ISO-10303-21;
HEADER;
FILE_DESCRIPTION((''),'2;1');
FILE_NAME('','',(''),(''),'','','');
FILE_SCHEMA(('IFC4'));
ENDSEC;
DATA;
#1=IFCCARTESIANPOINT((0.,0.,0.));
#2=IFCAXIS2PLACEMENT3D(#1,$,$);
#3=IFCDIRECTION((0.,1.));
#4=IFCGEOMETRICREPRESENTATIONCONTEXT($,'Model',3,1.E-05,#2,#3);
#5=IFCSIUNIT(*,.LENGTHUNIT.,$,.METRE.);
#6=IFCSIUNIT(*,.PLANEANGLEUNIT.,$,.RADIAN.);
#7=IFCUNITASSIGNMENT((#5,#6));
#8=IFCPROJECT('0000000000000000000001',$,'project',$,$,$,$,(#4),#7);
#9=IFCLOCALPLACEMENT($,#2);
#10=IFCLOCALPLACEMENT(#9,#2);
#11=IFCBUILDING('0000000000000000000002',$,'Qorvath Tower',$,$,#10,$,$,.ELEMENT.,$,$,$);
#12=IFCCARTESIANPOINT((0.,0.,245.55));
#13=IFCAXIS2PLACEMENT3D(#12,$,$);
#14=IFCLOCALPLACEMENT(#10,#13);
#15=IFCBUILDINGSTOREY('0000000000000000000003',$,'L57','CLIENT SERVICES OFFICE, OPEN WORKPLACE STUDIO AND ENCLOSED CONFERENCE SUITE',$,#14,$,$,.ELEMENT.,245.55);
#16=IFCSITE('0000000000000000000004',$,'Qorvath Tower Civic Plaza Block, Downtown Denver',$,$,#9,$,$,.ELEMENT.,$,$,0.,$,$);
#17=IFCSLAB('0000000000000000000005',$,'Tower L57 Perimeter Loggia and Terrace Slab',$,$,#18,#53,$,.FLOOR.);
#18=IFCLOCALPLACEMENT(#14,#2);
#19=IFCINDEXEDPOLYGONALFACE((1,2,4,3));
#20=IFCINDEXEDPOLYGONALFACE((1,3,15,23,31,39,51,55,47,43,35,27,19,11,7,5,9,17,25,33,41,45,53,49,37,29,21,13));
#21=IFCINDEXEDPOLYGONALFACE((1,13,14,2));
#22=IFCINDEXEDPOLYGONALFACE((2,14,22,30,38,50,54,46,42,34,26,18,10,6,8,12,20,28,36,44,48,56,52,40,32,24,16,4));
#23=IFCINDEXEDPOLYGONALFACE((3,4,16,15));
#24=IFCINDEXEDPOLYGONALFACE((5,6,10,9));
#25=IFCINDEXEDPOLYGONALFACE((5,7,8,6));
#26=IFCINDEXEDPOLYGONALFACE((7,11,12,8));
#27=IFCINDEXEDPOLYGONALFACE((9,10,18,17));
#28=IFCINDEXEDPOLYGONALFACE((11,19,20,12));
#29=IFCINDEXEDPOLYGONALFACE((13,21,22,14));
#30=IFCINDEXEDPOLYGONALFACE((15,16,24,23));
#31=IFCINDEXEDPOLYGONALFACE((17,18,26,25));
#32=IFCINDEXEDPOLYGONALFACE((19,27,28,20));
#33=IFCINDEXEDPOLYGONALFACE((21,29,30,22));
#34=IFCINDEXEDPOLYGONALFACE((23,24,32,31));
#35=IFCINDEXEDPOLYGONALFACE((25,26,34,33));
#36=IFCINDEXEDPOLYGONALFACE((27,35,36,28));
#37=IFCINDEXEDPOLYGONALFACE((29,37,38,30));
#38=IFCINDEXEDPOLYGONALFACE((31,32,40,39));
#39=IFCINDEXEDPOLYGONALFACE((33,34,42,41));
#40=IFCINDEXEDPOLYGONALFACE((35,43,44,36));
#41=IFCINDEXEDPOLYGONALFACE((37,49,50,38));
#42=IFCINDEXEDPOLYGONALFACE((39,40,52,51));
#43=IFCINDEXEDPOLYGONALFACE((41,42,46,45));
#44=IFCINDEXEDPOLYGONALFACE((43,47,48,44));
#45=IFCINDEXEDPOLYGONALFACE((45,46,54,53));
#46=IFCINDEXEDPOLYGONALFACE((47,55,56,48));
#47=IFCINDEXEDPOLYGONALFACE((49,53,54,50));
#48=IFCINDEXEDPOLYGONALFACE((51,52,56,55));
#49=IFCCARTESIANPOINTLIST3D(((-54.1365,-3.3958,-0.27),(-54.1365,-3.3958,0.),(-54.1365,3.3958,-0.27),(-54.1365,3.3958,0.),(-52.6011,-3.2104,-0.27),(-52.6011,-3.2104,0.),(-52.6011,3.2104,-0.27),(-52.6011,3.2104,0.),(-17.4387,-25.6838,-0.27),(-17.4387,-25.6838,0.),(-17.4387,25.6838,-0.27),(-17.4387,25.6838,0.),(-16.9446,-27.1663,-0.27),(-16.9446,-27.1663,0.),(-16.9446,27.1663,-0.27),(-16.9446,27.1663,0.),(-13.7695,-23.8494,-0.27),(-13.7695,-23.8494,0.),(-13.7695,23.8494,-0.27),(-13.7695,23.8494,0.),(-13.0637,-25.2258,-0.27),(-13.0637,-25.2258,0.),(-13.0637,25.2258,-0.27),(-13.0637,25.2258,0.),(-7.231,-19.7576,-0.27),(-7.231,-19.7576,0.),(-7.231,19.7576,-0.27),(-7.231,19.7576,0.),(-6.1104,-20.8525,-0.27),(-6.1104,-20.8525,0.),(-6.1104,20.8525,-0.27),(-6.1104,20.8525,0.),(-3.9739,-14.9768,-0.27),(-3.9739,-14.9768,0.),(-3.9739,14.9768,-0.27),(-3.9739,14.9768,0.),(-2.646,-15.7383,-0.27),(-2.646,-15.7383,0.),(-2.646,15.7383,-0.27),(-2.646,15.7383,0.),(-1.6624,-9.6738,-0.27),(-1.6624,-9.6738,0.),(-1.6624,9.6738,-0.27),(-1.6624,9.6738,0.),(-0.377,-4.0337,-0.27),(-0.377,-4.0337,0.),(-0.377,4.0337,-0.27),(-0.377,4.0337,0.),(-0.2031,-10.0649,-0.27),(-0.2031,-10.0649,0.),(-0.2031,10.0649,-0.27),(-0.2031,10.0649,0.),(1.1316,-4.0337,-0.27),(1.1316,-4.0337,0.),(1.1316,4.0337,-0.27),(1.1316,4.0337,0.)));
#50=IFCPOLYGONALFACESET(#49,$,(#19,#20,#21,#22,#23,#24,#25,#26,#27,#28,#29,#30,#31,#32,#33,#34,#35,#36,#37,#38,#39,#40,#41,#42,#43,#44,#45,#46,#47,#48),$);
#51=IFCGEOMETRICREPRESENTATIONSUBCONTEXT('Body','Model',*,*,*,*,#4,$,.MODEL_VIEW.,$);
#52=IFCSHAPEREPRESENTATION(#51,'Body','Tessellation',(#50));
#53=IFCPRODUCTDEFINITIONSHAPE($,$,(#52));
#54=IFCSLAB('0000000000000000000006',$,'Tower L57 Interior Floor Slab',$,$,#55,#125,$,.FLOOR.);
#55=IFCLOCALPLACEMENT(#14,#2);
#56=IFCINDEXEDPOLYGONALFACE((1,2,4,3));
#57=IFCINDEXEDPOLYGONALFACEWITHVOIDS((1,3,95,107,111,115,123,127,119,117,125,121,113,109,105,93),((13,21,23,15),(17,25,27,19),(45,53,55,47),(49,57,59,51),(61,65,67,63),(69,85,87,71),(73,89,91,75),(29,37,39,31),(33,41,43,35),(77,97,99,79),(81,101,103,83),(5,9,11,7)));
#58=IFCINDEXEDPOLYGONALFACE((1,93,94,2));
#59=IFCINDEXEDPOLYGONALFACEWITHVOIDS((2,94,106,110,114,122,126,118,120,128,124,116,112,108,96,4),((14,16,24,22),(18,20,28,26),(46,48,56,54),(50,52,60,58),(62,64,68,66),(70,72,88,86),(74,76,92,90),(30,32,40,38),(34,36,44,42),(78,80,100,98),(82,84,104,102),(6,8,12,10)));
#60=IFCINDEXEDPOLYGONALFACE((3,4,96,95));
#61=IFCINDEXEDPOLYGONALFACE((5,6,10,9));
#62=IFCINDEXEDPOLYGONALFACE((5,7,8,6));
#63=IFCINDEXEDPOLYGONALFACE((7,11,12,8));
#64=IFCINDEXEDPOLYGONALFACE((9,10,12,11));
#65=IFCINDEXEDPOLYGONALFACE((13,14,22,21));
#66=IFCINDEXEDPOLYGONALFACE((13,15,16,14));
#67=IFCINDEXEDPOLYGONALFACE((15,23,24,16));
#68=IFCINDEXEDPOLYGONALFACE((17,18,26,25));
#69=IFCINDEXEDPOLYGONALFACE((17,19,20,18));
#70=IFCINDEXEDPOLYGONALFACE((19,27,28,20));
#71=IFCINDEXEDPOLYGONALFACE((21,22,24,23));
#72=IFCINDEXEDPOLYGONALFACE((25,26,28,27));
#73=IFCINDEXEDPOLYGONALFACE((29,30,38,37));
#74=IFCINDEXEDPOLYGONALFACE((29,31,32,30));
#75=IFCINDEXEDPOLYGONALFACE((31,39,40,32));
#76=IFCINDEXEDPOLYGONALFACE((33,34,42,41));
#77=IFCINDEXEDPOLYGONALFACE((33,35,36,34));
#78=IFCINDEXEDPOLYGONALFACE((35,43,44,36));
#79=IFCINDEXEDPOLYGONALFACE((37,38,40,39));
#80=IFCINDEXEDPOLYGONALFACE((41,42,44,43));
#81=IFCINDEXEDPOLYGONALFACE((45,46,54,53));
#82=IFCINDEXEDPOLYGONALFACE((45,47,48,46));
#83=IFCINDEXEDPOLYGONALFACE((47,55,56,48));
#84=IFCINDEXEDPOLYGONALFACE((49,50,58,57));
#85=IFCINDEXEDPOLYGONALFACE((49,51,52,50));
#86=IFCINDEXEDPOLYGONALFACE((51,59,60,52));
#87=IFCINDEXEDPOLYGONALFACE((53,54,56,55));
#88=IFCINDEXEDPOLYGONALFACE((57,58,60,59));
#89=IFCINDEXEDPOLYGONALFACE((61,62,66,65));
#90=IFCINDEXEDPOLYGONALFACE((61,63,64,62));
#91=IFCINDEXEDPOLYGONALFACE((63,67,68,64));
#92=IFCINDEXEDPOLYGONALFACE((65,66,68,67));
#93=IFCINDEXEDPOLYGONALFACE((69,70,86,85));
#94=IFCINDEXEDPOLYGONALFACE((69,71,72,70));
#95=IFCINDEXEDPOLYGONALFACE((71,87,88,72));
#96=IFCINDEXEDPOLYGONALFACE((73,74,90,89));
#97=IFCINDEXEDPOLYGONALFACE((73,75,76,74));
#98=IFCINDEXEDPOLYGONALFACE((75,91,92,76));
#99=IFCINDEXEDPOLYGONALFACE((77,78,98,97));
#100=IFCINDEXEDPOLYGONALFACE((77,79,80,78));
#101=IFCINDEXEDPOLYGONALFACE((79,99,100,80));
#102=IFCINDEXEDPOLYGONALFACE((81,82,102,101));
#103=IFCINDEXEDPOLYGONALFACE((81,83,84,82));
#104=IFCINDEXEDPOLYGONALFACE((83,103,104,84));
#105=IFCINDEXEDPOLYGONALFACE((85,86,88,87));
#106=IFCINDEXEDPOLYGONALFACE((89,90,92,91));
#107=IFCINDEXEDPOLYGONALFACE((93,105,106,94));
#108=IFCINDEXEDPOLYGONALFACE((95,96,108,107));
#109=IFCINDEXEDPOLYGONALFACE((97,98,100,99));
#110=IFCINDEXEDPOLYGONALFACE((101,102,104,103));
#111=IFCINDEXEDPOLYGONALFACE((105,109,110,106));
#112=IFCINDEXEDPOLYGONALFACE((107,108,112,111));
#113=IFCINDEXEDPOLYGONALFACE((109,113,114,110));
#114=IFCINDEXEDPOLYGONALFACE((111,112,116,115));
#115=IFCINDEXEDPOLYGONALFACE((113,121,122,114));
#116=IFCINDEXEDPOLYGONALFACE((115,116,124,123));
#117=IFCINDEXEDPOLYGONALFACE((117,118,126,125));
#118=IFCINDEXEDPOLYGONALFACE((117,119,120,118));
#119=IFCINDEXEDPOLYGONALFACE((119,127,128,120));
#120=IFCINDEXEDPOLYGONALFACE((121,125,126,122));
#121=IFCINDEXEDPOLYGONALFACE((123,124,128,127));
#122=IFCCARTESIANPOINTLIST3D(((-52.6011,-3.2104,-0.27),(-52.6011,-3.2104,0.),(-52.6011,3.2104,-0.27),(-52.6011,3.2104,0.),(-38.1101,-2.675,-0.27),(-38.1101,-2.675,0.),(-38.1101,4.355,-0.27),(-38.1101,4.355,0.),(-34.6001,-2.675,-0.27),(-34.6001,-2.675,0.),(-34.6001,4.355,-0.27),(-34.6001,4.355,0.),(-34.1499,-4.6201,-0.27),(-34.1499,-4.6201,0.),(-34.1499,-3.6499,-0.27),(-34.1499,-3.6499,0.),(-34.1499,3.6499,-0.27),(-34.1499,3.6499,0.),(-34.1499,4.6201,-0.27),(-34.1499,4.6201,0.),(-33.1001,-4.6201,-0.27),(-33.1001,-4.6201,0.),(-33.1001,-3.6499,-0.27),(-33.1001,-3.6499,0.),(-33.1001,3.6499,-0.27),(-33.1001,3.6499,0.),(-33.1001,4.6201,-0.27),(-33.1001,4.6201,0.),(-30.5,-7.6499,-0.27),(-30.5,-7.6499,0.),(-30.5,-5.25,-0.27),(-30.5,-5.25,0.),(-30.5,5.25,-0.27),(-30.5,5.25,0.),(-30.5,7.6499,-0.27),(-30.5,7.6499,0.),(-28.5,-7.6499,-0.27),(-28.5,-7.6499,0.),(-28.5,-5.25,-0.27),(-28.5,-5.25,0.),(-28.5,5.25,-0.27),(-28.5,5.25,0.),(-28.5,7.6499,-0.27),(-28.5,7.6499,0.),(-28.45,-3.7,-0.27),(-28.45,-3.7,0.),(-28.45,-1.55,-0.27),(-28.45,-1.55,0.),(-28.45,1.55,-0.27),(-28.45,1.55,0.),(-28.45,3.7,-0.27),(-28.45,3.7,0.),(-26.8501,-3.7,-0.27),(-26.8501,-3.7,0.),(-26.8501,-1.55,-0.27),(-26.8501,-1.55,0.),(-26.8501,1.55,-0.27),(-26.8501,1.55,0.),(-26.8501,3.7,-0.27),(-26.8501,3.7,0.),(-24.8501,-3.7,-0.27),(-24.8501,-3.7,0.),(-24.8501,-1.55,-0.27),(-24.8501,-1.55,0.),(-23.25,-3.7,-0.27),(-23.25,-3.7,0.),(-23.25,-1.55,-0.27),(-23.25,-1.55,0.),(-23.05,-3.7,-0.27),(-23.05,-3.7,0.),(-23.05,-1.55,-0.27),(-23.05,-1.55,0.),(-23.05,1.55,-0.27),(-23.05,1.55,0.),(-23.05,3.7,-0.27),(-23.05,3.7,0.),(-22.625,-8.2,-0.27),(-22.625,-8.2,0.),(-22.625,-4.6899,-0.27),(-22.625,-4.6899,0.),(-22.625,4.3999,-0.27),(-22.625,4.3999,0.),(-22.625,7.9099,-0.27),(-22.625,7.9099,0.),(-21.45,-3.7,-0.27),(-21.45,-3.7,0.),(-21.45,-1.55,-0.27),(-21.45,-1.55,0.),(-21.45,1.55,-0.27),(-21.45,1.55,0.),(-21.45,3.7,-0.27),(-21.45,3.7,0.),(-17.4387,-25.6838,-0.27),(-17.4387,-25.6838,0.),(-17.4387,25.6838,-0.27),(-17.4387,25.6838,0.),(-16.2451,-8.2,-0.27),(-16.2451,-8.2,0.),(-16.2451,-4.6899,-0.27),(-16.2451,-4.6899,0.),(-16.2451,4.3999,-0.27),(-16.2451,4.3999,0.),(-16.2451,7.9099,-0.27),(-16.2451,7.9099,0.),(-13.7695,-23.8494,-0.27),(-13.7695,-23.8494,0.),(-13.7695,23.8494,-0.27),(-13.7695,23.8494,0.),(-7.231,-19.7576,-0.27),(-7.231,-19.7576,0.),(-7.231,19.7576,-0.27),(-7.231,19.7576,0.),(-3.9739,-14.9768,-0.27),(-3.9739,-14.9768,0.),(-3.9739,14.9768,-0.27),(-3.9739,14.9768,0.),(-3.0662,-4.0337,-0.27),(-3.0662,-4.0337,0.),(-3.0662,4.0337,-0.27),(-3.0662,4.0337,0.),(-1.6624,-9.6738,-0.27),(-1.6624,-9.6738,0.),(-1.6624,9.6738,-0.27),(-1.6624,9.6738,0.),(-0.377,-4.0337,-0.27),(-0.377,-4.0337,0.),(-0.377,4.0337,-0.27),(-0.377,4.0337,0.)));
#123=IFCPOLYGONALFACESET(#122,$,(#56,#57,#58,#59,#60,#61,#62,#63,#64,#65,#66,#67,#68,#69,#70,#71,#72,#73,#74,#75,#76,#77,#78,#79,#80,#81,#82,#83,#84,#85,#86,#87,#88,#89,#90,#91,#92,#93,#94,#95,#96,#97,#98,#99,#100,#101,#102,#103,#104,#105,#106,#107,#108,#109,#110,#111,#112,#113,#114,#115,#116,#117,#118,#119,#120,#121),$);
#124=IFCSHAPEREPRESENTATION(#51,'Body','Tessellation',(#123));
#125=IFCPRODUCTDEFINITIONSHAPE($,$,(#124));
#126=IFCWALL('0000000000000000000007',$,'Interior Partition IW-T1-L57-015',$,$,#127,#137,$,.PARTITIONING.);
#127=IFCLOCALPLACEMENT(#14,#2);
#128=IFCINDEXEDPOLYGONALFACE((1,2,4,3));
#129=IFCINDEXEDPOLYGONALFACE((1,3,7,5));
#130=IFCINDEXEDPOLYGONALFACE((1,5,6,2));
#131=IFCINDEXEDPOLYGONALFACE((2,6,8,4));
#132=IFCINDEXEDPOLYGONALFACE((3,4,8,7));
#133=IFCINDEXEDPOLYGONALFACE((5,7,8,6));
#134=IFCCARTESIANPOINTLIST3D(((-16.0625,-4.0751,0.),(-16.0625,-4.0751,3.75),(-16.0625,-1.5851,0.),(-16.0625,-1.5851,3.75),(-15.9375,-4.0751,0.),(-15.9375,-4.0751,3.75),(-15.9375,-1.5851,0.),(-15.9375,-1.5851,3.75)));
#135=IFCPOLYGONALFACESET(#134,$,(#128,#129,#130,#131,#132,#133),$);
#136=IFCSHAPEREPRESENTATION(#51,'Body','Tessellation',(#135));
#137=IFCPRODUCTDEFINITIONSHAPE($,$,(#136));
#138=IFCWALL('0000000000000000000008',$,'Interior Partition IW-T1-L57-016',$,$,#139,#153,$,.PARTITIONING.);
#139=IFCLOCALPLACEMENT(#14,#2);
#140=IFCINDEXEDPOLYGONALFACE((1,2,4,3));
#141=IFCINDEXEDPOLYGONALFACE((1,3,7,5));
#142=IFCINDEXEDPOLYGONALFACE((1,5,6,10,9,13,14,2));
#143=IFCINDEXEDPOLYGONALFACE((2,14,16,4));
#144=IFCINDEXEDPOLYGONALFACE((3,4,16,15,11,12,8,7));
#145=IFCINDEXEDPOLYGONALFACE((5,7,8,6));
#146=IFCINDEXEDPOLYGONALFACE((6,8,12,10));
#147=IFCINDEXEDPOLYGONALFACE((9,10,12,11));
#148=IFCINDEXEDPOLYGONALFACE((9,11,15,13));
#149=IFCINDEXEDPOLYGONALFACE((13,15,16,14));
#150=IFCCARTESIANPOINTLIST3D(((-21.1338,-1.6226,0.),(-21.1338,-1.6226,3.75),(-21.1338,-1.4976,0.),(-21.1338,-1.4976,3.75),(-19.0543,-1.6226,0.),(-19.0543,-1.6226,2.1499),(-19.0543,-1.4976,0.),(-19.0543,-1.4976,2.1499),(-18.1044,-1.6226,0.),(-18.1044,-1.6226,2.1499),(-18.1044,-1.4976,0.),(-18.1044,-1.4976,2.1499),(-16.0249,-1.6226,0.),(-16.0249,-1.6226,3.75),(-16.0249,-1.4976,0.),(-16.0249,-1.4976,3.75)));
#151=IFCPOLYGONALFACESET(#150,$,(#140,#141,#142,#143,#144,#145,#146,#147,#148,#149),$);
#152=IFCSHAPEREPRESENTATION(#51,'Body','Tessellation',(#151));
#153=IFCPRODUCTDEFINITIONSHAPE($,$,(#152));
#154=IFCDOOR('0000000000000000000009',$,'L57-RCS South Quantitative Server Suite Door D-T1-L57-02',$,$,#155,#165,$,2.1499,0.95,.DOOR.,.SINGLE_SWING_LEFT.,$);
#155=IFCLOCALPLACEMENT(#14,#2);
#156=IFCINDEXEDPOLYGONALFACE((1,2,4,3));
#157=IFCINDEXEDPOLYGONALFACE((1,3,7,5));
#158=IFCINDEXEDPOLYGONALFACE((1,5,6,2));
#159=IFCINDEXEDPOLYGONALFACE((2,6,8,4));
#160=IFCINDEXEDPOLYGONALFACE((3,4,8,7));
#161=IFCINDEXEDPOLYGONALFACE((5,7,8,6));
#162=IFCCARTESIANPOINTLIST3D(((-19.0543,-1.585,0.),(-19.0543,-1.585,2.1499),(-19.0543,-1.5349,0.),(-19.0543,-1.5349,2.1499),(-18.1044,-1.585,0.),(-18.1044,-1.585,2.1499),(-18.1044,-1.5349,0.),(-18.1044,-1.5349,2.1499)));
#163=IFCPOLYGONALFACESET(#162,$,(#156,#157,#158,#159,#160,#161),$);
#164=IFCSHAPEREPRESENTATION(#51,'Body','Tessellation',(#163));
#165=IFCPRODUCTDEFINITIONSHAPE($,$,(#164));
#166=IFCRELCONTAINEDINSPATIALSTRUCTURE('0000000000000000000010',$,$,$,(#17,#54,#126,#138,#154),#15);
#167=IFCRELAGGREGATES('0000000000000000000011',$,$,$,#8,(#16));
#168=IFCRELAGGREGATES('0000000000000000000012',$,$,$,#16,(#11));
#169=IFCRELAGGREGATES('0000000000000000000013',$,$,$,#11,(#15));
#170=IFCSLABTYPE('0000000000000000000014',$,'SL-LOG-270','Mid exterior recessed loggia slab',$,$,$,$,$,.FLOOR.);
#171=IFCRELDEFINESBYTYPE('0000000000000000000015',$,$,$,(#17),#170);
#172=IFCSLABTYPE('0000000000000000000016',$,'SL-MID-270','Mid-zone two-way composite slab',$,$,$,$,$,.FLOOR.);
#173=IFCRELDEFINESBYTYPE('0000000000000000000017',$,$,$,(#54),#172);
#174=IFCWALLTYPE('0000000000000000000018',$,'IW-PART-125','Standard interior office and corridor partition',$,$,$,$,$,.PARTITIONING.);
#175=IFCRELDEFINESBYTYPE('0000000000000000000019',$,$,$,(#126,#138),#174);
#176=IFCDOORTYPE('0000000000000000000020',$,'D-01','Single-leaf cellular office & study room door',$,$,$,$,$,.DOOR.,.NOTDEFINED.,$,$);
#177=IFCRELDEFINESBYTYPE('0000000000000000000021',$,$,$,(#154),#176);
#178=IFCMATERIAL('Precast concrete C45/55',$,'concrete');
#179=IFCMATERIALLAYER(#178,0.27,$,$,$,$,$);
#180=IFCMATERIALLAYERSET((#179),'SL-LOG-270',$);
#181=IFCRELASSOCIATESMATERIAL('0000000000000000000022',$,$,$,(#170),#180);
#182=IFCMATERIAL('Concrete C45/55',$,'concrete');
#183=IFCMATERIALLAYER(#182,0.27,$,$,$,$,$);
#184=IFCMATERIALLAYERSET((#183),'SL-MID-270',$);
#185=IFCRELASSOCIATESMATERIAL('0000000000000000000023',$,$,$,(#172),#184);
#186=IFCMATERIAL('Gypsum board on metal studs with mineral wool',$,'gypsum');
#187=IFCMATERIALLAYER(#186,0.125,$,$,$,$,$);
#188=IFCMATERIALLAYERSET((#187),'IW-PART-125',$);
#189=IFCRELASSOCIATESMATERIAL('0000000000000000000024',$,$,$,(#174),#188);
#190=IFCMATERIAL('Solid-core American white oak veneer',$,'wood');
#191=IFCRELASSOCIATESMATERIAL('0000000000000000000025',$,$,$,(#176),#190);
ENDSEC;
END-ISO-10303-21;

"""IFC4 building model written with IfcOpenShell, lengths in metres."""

from ifc_helpers import new_model, si_unit, direction, frame, frame_2d, origin, place, context, subcontext, project, spatial, polyline, rectangle, outline, extrude, material, layer, layer_set, type_object, element, fill, save


model = new_model("IFC4")

# Units and contexts
model_context = context("Model", 3, precision=1e-05, world=origin(), true_north=direction((0.0, 1.0)))
body_context = subcontext(model_context, "Body", "Model", "MODEL_VIEW")
ifc_project = project(units=[si_unit("LENGTHUNIT", "METRE"), si_unit("PLANEANGLEUNIT", "RADIAN")], contexts=[model_context])

# Site, building, storey
site_placement = place(None, origin())
site = spatial("IfcSite", under=ifc_project, at=site_placement, Name="Qorvath Tower Civic Plaza Block, Downtown Denver", CompositionType="ELEMENT", RefElevation=0.0)
building_placement = place(site_placement, origin())
building = spatial("IfcBuilding", under=site, at=building_placement, Name="Qorvath Tower", CompositionType="ELEMENT")
storey_placement = place(building_placement, frame((0.0, 0.0, 245.55)))
storey = spatial("IfcBuildingStorey", under=building, at=storey_placement, Name="L57", Description="CLIENT SERVICES OFFICE, OPEN WORKPLACE STUDIO AND ENCLOSED CONFERENCE SUITE", CompositionType="ELEMENT", Elevation=245.55)

# Slabs
ifc_material_1 = material(Name="Precast concrete C45/55", Category="concrete")
ifc_layer_1 = layer(ifc_material_1, 0.27)
ifc_layer_set_1 = layer_set([ifc_layer_1], Name="SL-LOG-270")
slab_type_1 = type_object("IfcSlabType", Name="SL-LOG-270", Description="Mid exterior recessed loggia slab", PredefinedType="FLOOR", material=ifc_layer_set_1)
slab_1_placement = place(storey_placement, frame((0.0, 0.0, -0.27)))
element("IfcSlab", 1, at=slab_1_placement, inside=storey, type_object=slab_type_1, Name="Tower L57 Perimeter Loggia and Terrace Slab", PredefinedType="FLOOR", context=body_context, shape_type="SweptSolid", body=[
    extrude(outline(polyline([(-0.377, -4.0337), (-1.6624, -9.6738), (-3.9739, -14.9768), (-7.231, -19.7576), (-13.7695, -23.8494), (-17.4387, -25.6838), (-52.6011, -3.2104), (-52.6011, 3.2104), (-17.4387, 25.6838), (-13.7695, 23.8494), (-7.231, 19.7576), (-3.9739, 14.9768), (-1.6624, 9.6738), (-0.377, 4.0337), (1.1316, 4.0337), (-0.2031, 10.0649), (-2.646, 15.7383), (-6.1104, 20.8525), (-13.0637, 25.2258), (-16.9446, 27.1663), (-54.1365, 3.3958), (-54.1365, -3.3958), (-16.9446, -27.1663), (-13.0637, -25.2258), (-6.1104, -20.8525), (-2.646, -15.7383), (-0.2031, -10.0649), (1.1316, -4.0337), (-0.377, -4.0337)])), origin(), (0.0, 0.0, 1.0), 0.27),
])
ifc_material_2 = material(Name="Concrete C45/55", Category="concrete")
ifc_layer_2 = layer(ifc_material_2, 0.27)
ifc_layer_set_2 = layer_set([ifc_layer_2], Name="SL-MID-270")
slab_type_2 = type_object("IfcSlabType", Name="SL-MID-270", Description="Mid-zone two-way composite slab", PredefinedType="FLOOR", material=ifc_layer_set_2)
slab_2_placement = place(storey_placement, frame((0.0, 0.0, -0.27)))
element("IfcSlab", 2, at=slab_2_placement, inside=storey, type_object=slab_type_2, Name="Tower L57 Interior Floor Slab", PredefinedType="FLOOR", context=body_context, shape_type="SweptSolid", body=[
    extrude(outline(polyline([(-52.6011, 3.2104), (-52.6011, -3.2104), (-17.4387, -25.6838), (-13.7695, -23.8494), (-7.231, -19.7576), (-3.9739, -14.9768), (-1.6624, -9.6738), (-0.377, -4.0337), (-3.0662, -4.0337), (-3.0662, 4.0337), (-0.377, 4.0337), (-1.6624, 9.6738), (-3.9739, 14.9768), (-7.231, 19.7576), (-13.7695, 23.8494), (-17.4387, 25.6838), (-52.6011, 3.2104)]), holes=[polyline([(-16.2451, -8.2), (-22.625, -8.2), (-22.625, -4.6899), (-16.2451, -4.6899), (-16.2451, -8.2)]), polyline([(-22.625, 4.3999), (-22.625, 7.9099), (-16.2451, 7.9099), (-16.2451, 4.3999), (-22.625, 4.3999)]), polyline([(-21.45, -3.7), (-23.05, -3.7), (-23.05, -1.55), (-21.45, -1.55), (-21.45, -3.7)]), polyline([(-23.05, 1.55), (-23.05, 3.7), (-21.45, 3.7), (-21.45, 1.55), (-23.05, 1.55)]), polyline([(-24.8501, -3.7), (-24.8501, -1.55), (-23.25, -1.55), (-23.25, -3.7), (-24.8501, -3.7)]), polyline([(-28.45, -3.7), (-28.45, -1.55), (-26.8501, -1.55), (-26.8501, -3.7), (-28.45, -3.7)]), polyline([(-26.8501, 1.55), (-28.45, 1.55), (-28.45, 3.7), (-26.8501, 3.7), (-26.8501, 1.55)]), polyline([(-28.5, -7.6499), (-30.5, -7.6499), (-30.5, -5.25), (-28.5, -5.25), (-28.5, -7.6499)]), polyline([(-30.5, 5.25), (-30.5, 7.6499), (-28.5, 7.6499), (-28.5, 5.25), (-30.5, 5.25)]), polyline([(-34.1499, -4.6201), (-34.1499, -3.6499), (-33.1001, -3.6499), (-33.1001, -4.6201), (-34.1499, -4.6201)]), polyline([(-34.1499, 3.6499), (-34.1499, 4.6201), (-33.1001, 4.6201), (-33.1001, 3.6499), (-34.1499, 3.6499)]), polyline([(-34.6001, -2.675), (-38.1101, -2.675), (-38.1101, 4.355), (-34.6001, 4.355), (-34.6001, -2.675)])]), origin(), (0.0, 0.0, 1.0), 0.27),
])

# Wall
ifc_material_3 = material(Name="Gypsum board on metal studs with mineral wool", Category="gypsum")
ifc_layer_3 = layer(ifc_material_3, 0.125)
ifc_layer_set_3 = layer_set([ifc_layer_3], Name="IW-PART-125")
wall_type_1 = type_object("IfcWallType", Name="IW-PART-125", Description="Standard interior office and corridor partition", PredefinedType="PARTITIONING", material=ifc_layer_set_3)
wall_1_placement = place(storey_placement, frame((-16.0, -4.0752, 0.0), z_axis=(0.0, 0.0, 1.0), x_axis=(0.0, 1.0, 0.0)))
element("IfcWall", 3, at=wall_1_placement, inside=storey, type_object=wall_type_1, Name="Interior Partition IW-T1-L57-015", PredefinedType="PARTITIONING", context=body_context, shape_type="SweptSolid", body=[
    extrude(rectangle(XDim=2.49, YDim=0.125, at=frame_2d((1.2451, 0.0))), origin(), (0.0, 0.0, 1.0), 3.75),
])

# Wall, opening, door
wall_2_placement = place(storey_placement, frame((-16.0249, -1.5601, 0.0), z_axis=(0.0, 0.0, 1.0), x_axis=(-1.0, 0.0, 0.0)))
wall_2 = element("IfcWall", 4, at=wall_2_placement, inside=storey, type_object=wall_type_1, Name="Interior Partition IW-T1-L57-016", PredefinedType="PARTITIONING", context=body_context, shape_type="SweptSolid", body=[
    extrude(rectangle(XDim=5.1089, YDim=0.125, at=frame_2d((2.5544, 0.0))), origin(), (0.0, 0.0, 1.0), 3.75),
])
opening_1_placement = place(wall_2_placement, frame((2.0793, 0.0, 0.0)))
opening_1 = element("IfcOpeningElement", 5, at=opening_1_placement, cuts=wall_2, PredefinedType="OPENING", context=body_context, shape_type="SweptSolid", body=[
    extrude(rectangle(XDim=0.95, YDim=2.1499, at=frame_2d((0.4751, 1.075))), frame((0.0, 0.0725, 0.0), z_axis=(0.0, -1.0, 0.0), x_axis=(1.0, 0.0, 0.0)), (0.0, 0.0, 1.0), 0.145),
])
ifc_material_4 = material(Name="Solid-core American white oak veneer", Category="wood")
door_type = type_object("IfcDoorType", Name="D-01", Description="Single-leaf cellular office & study room door", OperationType="NOTDEFINED", PredefinedType="DOOR", material=ifc_material_4)
door_1_placement = place(opening_1_placement, origin())
door_1 = element("IfcDoor", 6, at=door_1_placement, inside=storey, type_object=door_type, Name="L57-RCS South Quantitative Server Suite Door D-T1-L57-02", OperationType="SINGLE_SWING_LEFT", OverallHeight=2.1499, OverallWidth=0.95, PredefinedType="DOOR", context=body_context, shape_type="SweptSolid", body=[
    extrude(rectangle(XDim=0.95, YDim=2.1499, at=frame_2d((0.4751, 1.075))), frame((0.0, 0.0249, 0.0), z_axis=(0.0, -1.0, 0.0), x_axis=(1.0, 0.0, 0.0)), (0.0, 0.0, 1.0), 0.05),
])
fill(opening_1, door_1)

save(model, "model.ifc")
